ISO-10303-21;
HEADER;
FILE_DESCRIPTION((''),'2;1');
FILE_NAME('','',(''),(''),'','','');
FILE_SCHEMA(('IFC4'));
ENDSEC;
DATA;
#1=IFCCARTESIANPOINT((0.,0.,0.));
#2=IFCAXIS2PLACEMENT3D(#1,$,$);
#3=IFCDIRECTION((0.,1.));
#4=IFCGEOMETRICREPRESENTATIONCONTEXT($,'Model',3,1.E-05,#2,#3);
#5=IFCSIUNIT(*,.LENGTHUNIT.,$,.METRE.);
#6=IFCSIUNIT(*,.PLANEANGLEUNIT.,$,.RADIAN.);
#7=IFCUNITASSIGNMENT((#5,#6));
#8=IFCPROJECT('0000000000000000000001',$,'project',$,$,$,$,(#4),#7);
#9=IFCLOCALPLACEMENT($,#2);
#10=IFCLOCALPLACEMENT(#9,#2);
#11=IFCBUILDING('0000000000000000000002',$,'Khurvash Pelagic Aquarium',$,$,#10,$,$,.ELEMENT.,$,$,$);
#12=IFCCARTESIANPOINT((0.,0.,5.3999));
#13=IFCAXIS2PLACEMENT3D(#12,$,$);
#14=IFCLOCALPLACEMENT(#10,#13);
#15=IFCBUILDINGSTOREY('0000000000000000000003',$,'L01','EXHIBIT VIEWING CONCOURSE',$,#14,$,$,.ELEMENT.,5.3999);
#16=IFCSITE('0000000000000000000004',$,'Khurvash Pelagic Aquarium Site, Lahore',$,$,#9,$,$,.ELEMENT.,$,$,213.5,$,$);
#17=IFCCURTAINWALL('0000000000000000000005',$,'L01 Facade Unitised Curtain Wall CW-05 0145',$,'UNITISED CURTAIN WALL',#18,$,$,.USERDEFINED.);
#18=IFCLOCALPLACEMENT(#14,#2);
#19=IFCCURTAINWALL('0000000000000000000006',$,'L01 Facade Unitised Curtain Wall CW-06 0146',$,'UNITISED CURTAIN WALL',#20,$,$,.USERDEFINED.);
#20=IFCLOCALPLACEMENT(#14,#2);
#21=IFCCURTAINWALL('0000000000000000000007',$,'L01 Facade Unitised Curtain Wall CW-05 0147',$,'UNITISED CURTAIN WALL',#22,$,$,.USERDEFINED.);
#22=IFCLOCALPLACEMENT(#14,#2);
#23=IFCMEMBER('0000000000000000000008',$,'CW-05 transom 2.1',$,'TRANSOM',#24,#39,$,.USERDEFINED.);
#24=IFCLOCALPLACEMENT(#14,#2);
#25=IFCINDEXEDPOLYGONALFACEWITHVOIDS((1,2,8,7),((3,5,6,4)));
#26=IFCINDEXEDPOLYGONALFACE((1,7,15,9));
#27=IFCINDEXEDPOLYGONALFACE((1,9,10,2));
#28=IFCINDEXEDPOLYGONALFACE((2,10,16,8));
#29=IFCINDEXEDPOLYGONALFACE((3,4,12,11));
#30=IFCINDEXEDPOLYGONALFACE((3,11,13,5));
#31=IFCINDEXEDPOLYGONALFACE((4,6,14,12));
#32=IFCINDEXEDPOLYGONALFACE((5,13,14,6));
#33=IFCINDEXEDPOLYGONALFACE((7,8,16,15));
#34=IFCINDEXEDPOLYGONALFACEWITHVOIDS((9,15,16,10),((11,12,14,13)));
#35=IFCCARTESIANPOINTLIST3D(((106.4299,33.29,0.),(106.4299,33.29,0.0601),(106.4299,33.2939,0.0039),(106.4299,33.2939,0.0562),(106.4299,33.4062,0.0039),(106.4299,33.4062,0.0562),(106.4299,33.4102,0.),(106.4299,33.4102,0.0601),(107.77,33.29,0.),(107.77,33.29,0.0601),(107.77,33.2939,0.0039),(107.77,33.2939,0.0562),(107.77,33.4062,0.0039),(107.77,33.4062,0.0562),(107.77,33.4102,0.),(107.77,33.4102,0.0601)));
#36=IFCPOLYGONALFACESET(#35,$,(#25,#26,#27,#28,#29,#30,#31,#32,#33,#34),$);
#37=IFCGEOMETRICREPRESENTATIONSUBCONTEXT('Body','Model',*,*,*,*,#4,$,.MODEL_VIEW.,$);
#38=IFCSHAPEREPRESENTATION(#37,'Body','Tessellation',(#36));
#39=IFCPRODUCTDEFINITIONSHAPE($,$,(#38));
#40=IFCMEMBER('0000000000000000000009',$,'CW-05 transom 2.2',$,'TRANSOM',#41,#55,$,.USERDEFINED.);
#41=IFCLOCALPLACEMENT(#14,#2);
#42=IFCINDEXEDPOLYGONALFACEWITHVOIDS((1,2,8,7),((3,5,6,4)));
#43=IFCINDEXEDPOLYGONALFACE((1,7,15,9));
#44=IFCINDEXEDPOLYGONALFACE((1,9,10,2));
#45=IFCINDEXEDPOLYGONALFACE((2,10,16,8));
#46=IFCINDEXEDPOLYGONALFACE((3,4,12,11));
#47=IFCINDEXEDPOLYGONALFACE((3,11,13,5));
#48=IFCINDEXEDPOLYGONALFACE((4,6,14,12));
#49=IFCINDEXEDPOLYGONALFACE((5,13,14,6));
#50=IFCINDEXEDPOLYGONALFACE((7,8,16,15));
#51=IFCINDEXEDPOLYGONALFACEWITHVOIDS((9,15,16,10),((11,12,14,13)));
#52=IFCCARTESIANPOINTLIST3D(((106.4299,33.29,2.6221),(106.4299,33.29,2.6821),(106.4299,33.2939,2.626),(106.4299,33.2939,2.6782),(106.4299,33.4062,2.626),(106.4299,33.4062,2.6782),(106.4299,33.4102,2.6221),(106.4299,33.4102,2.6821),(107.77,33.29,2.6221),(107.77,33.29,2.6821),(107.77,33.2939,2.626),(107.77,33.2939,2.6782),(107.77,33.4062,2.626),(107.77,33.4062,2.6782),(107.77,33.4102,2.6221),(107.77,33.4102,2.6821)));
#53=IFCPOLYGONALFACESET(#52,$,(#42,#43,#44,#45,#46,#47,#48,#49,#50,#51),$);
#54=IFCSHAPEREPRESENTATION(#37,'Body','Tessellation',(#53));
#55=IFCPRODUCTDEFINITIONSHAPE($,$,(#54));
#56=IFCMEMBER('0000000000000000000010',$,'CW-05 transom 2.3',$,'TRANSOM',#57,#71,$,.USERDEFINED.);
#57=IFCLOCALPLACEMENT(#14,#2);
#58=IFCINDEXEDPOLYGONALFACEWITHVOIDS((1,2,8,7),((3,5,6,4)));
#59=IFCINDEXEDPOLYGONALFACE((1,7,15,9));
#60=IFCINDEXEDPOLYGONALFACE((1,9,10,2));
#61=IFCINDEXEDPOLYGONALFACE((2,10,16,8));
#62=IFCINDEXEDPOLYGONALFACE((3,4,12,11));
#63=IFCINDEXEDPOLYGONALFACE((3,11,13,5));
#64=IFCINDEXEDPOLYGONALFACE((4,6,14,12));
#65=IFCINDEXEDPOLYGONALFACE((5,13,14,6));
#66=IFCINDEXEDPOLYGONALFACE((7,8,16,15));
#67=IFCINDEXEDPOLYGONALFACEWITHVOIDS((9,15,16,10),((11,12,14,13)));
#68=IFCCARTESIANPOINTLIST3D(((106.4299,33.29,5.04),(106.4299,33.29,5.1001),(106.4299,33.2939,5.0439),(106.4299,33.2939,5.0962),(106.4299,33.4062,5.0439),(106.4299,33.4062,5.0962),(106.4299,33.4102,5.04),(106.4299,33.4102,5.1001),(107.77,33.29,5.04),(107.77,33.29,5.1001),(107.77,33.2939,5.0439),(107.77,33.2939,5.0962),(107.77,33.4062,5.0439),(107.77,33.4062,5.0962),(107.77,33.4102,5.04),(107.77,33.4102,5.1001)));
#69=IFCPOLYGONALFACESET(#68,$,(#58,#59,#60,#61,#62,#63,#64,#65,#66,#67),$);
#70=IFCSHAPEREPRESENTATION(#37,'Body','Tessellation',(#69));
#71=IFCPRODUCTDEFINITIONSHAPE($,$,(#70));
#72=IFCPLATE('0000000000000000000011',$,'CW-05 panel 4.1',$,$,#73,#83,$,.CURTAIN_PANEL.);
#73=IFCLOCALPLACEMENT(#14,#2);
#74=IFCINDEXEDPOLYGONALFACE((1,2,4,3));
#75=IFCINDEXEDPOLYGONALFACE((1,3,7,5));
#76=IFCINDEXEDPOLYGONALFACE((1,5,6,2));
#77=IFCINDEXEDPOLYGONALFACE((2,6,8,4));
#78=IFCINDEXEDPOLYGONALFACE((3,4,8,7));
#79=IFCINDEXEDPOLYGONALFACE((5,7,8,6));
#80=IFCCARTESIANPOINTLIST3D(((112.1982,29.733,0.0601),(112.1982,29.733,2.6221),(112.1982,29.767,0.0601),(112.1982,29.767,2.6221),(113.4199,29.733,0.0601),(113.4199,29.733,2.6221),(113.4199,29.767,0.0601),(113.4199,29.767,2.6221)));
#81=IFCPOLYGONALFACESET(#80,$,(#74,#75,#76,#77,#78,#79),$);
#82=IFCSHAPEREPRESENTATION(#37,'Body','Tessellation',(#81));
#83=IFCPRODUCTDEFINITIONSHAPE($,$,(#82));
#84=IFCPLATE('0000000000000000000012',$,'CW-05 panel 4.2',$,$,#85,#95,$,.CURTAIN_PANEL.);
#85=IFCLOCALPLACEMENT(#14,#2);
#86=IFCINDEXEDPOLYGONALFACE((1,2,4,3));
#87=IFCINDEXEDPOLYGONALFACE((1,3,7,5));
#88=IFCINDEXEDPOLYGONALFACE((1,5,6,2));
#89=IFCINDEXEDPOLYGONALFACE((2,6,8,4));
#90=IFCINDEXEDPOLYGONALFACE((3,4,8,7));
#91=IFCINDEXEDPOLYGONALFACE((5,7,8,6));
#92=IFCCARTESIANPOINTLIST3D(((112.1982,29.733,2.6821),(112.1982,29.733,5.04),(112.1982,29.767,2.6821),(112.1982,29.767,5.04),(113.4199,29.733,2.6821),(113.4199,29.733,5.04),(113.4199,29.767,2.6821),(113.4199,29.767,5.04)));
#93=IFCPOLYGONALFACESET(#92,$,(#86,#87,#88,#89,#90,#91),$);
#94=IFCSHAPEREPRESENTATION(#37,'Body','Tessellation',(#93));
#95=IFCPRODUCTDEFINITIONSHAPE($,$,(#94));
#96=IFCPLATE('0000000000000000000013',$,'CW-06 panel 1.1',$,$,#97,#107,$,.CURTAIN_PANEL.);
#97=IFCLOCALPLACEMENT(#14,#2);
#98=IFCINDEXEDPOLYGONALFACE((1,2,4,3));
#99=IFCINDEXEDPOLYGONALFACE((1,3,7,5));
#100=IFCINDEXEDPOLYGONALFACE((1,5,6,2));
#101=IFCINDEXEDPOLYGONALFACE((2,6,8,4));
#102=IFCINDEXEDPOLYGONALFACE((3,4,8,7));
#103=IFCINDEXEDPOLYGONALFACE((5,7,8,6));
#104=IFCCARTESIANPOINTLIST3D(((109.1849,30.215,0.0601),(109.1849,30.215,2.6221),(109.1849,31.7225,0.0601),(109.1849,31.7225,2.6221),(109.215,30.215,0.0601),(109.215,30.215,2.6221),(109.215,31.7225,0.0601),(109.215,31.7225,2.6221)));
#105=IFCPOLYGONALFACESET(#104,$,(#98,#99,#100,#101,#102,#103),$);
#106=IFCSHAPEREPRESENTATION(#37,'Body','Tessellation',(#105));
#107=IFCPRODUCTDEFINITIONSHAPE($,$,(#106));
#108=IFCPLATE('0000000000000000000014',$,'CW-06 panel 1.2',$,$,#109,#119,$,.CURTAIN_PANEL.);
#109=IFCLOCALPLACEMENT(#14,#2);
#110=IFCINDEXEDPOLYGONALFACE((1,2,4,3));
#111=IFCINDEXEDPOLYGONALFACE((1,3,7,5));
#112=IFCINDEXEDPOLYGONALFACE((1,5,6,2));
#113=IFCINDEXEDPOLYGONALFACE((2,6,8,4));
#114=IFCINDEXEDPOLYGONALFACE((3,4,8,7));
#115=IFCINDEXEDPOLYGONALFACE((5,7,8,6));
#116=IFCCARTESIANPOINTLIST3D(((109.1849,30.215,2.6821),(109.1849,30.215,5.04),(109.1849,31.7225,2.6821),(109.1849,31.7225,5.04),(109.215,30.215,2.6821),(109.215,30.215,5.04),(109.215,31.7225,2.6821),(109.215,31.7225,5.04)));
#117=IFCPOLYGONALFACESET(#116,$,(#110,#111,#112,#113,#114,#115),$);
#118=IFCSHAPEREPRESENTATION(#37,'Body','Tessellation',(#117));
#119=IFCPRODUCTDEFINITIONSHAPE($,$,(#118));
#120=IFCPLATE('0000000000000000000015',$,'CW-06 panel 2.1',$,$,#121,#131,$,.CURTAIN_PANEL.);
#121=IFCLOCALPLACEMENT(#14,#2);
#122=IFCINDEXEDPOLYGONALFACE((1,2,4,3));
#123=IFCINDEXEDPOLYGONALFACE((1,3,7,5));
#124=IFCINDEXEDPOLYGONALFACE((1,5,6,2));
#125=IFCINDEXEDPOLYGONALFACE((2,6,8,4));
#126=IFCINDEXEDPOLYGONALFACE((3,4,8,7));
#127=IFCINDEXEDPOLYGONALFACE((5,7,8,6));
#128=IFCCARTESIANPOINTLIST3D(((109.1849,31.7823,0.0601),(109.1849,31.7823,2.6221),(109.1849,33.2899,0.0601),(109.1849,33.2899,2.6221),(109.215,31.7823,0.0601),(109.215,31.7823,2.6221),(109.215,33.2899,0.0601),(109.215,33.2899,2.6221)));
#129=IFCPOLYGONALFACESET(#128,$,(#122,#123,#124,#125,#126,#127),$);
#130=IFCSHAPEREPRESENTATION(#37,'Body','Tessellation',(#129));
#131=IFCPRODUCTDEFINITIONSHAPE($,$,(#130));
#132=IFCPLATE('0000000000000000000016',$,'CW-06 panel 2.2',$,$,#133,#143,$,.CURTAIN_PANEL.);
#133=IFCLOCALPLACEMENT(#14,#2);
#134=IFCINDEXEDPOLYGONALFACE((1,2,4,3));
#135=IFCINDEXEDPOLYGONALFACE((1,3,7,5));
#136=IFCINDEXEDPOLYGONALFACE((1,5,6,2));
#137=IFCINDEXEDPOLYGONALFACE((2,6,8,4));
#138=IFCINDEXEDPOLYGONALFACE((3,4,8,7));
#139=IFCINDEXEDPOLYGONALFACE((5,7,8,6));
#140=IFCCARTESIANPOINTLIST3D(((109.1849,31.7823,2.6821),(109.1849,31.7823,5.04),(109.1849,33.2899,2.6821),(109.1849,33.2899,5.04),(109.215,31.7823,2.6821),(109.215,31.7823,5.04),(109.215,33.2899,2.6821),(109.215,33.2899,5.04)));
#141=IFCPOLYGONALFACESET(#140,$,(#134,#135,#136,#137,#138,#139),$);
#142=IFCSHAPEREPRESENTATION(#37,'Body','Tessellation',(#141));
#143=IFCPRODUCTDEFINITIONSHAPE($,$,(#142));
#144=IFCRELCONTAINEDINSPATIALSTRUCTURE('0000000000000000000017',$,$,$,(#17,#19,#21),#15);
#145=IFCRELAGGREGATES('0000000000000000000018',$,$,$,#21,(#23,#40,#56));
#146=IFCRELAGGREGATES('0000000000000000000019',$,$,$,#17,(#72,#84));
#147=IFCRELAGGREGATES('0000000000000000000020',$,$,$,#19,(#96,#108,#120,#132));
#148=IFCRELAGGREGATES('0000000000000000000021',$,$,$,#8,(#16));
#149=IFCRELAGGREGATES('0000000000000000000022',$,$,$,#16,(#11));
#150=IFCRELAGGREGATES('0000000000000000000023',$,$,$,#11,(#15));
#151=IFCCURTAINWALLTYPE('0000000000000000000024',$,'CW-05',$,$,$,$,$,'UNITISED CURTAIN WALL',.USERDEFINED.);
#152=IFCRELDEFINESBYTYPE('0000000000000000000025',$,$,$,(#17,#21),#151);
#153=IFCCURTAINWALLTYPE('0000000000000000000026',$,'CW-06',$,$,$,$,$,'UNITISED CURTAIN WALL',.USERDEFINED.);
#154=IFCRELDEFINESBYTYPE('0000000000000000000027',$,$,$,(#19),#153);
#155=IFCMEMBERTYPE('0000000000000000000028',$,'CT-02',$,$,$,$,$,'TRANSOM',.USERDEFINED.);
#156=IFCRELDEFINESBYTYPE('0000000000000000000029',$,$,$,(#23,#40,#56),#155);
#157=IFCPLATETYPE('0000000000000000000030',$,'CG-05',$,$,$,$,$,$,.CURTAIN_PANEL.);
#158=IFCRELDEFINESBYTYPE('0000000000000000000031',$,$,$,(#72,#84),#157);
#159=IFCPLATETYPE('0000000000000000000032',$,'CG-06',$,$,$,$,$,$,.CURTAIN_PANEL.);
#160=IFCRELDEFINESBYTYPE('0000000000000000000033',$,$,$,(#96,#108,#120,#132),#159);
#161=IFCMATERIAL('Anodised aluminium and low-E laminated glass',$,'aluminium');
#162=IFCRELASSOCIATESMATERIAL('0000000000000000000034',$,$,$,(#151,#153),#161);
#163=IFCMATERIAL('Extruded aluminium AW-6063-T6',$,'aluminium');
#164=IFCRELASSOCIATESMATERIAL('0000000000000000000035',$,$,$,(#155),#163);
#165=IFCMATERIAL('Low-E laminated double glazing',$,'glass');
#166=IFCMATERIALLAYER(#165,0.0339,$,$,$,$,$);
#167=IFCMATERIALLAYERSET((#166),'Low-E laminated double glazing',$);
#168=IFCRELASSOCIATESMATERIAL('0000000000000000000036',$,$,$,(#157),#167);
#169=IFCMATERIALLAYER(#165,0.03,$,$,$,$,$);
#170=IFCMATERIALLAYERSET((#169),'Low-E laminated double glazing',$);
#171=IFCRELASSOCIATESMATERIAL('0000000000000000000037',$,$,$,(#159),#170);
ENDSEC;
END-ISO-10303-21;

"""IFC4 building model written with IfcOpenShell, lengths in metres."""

from ifc_helpers import new_model, si_unit, direction, frame, origin, origin_2d, place, context, subcontext, project, spatial, rectangle, hollow_rectangle, extrude, material, layer, layer_set, material_profile, profile_set, type_object, element, aggregate, save


model = new_model("IFC4")

# Units and contexts
model_context = context("Model", 3, precision=1e-05, world=origin(), true_north=direction((0.0, 1.0)))
body_context = subcontext(model_context, "Body", "Model", "MODEL_VIEW")
ifc_project = project(units=[si_unit("LENGTHUNIT", "METRE"), si_unit("PLANEANGLEUNIT", "RADIAN")], contexts=[model_context])

# Site, building, storey
site_placement = place(None, origin())
site = spatial("IfcSite", under=ifc_project, at=site_placement, Name="Khurvash Pelagic Aquarium Site, Lahore", CompositionType="ELEMENT", RefElevation=213.5)
building_placement = place(site_placement, origin())
building = spatial("IfcBuilding", under=site, at=building_placement, Name="Khurvash Pelagic Aquarium", CompositionType="ELEMENT")
storey_placement = place(building_placement, frame((0.0, 0.0, 5.3999)))
storey = spatial("IfcBuildingStorey", under=building, at=storey_placement, Name="L01", Description="EXHIBIT VIEWING CONCOURSE", CompositionType="ELEMENT", Elevation=5.3999)

# Curtain wall
ifc_material_1 = material(Name="Anodised aluminium and low-E laminated glass", Category="aluminium")
curtain_wall_type_1 = type_object("IfcCurtainWallType", Name="CW-05", ElementType="UNITISED CURTAIN WALL", PredefinedType="USERDEFINED", material=ifc_material_1)
curtain_wall_1_placement = place(storey_placement, origin())
curtain_wall_1 = element("IfcCurtainWall", 1, at=curtain_wall_1_placement, inside=storey, type_object=curtain_wall_type_1, Name="L01 Facade Unitised Curtain Wall CW-05 0145", ObjectType="UNITISED CURTAIN WALL", PredefinedType="USERDEFINED")
ifc_material_2 = material(Name="Extruded aluminium AW-6063-T6", Category="aluminium")

# Curtain wall
curtain_wall_type_2 = type_object("IfcCurtainWallType", Name="CW-06", ElementType="UNITISED CURTAIN WALL", PredefinedType="USERDEFINED", material=ifc_material_1)
curtain_wall_2_placement = place(storey_placement, origin())
curtain_wall_2 = element("IfcCurtainWall", 2, at=curtain_wall_2_placement, inside=storey, type_object=curtain_wall_type_2, Name="L01 Facade Unitised Curtain Wall CW-06 0146", ObjectType="UNITISED CURTAIN WALL", PredefinedType="USERDEFINED")

# Shared definitions
ifc_material_profile_1 = material_profile(ifc_material_2, hollow_rectangle(XDim=0.1201, YDim=0.0601, WallThickness=0.0039, at=origin_2d()), Name="CWT120X60X4")
ifc_profile_set_1 = profile_set([ifc_material_profile_1], Name="Extruded aluminium AW-6063-T6")
member_type_1 = type_object("IfcMemberType", Name="CT-02", ElementType="TRANSOM", PredefinedType="USERDEFINED", material=ifc_profile_set_1)

# Curtain wall, members
curtain_wall_3_placement = place(storey_placement, origin())
curtain_wall_3 = element("IfcCurtainWall", 3, at=curtain_wall_3_placement, inside=storey, type_object=curtain_wall_type_1, Name="L01 Facade Unitised Curtain Wall CW-05 0147", ObjectType="UNITISED CURTAIN WALL", PredefinedType="USERDEFINED")
member_1_placement = place(storey_placement, frame((107.77, 33.3501, 0.03), z_axis=(-1.0, 0.0, 0.0), x_axis=(0.0, -1.0, 0.0)))
member_1 = element("IfcMember", 4, at=member_1_placement, type_object=member_type_1, Name="CW-05 transom 2.1", ObjectType="TRANSOM", PredefinedType="USERDEFINED", context=body_context, shape_type="SweptSolid", body=[
    extrude(hollow_rectangle(XDim=0.1201, YDim=0.0601, WallThickness=0.0039, at=origin_2d()), origin(), (0.0, 0.0, 1.0), 1.3401),
])
member_2_placement = place(storey_placement, frame((107.77, 33.3501, 2.6521), z_axis=(-1.0, 0.0, 0.0), x_axis=(0.0, -1.0, 0.0)))
member_2 = element("IfcMember", 5, at=member_2_placement, type_object=member_type_1, Name="CW-05 transom 2.2", ObjectType="TRANSOM", PredefinedType="USERDEFINED", context=body_context, shape_type="SweptSolid", body=[
    extrude(hollow_rectangle(XDim=0.1201, YDim=0.0601, WallThickness=0.0039, at=origin_2d()), origin(), (0.0, 0.0, 1.0), 1.3401),
])
member_3_placement = place(storey_placement, frame((107.77, 33.3501, 5.0701), z_axis=(-1.0, 0.0, 0.0), x_axis=(0.0, -1.0, 0.0)))
member_3 = element("IfcMember", 6, at=member_3_placement, type_object=member_type_1, Name="CW-05 transom 2.3", ObjectType="TRANSOM", PredefinedType="USERDEFINED", context=body_context, shape_type="SweptSolid", body=[
    extrude(hollow_rectangle(XDim=0.1201, YDim=0.0601, WallThickness=0.0039, at=origin_2d()), origin(), (0.0, 0.0, 1.0), 1.3401),
])
aggregate(curtain_wall_3, [member_1, member_2, member_3])

# Plates
ifc_material_3 = material(Name="Low-E laminated double glazing", Category="glass")
ifc_layer_1 = layer(ifc_material_3, 0.0339)
ifc_layer_set_1 = layer_set([ifc_layer_1], Name="Low-E laminated double glazing")
plate_type_1 = type_object("IfcPlateType", Name="CG-05", PredefinedType="CURTAIN_PANEL", material=ifc_layer_set_1)
plate_1_placement = place(storey_placement, frame((112.8091, 29.75, 0.0601), z_axis=(0.0, 0.0, 1.0), x_axis=(-1.0, 0.0, 0.0)))
plate_1 = element("IfcPlate", 7, at=plate_1_placement, type_object=plate_type_1, Name="CW-05 panel 4.1", PredefinedType="CURTAIN_PANEL", context=body_context, shape_type="SweptSolid", body=[
    extrude(rectangle(XDim=1.2217, YDim=0.0339, at=origin_2d()), origin(), (0.0, 0.0, 1.0), 2.562),
])
plate_2_placement = place(storey_placement, frame((112.8091, 29.75, 2.6821), z_axis=(0.0, 0.0, 1.0), x_axis=(-1.0, 0.0, 0.0)))
plate_2 = element("IfcPlate", 8, at=plate_2_placement, type_object=plate_type_1, Name="CW-05 panel 4.2", PredefinedType="CURTAIN_PANEL", context=body_context, shape_type="SweptSolid", body=[
    extrude(rectangle(XDim=1.2217, YDim=0.0339, at=origin_2d()), origin(), (0.0, 0.0, 1.0), 2.3579),
])
aggregate(curtain_wall_1, [plate_1, plate_2])
ifc_layer_2 = layer(ifc_material_3, 0.03)
ifc_layer_set_2 = layer_set([ifc_layer_2], Name="Low-E laminated double glazing")
plate_type_2 = type_object("IfcPlateType", Name="CG-06", PredefinedType="CURTAIN_PANEL", material=ifc_layer_set_2)
plate_3_placement = place(storey_placement, frame((109.2, 30.9688, 0.0601), z_axis=(0.0, 0.0, 1.0), x_axis=(0.0, 1.0, 0.0)))
plate_3 = element("IfcPlate", 9, at=plate_3_placement, type_object=plate_type_2, Name="CW-06 panel 1.1", PredefinedType="CURTAIN_PANEL", context=body_context, shape_type="SweptSolid", body=[
    extrude(rectangle(XDim=1.5076, YDim=0.03, at=origin_2d()), origin(), (0.0, 0.0, 1.0), 2.562),
])
plate_4_placement = place(storey_placement, frame((109.2, 30.9688, 2.6821), z_axis=(0.0, 0.0, 1.0), x_axis=(0.0, 1.0, 0.0)))
plate_4 = element("IfcPlate", 10, at=plate_4_placement, type_object=plate_type_2, Name="CW-06 panel 1.2", PredefinedType="CURTAIN_PANEL", context=body_context, shape_type="SweptSolid", body=[
    extrude(rectangle(XDim=1.5076, YDim=0.03, at=origin_2d()), origin(), (0.0, 0.0, 1.0), 2.3579),
])
plate_5_placement = place(storey_placement, frame((109.2, 32.5361, 0.0601), z_axis=(0.0, 0.0, 1.0), x_axis=(0.0, 1.0, 0.0)))
plate_5 = element("IfcPlate", 11, at=plate_5_placement, type_object=plate_type_2, Name="CW-06 panel 2.1", PredefinedType="CURTAIN_PANEL", context=body_context, shape_type="SweptSolid", body=[
    extrude(rectangle(XDim=1.5076, YDim=0.03, at=origin_2d()), origin(), (0.0, 0.0, 1.0), 2.562),
])
plate_6_placement = place(storey_placement, frame((109.2, 32.5361, 2.6821), z_axis=(0.0, 0.0, 1.0), x_axis=(0.0, 1.0, 0.0)))
plate_6 = element("IfcPlate", 12, at=plate_6_placement, type_object=plate_type_2, Name="CW-06 panel 2.2", PredefinedType="CURTAIN_PANEL", context=body_context, shape_type="SweptSolid", body=[
    extrude(rectangle(XDim=1.5076, YDim=0.03, at=origin_2d()), origin(), (0.0, 0.0, 1.0), 2.3579),
])
aggregate(curtain_wall_2, [plate_3, plate_4, plate_5, plate_6])

save(model, "model.ifc")
